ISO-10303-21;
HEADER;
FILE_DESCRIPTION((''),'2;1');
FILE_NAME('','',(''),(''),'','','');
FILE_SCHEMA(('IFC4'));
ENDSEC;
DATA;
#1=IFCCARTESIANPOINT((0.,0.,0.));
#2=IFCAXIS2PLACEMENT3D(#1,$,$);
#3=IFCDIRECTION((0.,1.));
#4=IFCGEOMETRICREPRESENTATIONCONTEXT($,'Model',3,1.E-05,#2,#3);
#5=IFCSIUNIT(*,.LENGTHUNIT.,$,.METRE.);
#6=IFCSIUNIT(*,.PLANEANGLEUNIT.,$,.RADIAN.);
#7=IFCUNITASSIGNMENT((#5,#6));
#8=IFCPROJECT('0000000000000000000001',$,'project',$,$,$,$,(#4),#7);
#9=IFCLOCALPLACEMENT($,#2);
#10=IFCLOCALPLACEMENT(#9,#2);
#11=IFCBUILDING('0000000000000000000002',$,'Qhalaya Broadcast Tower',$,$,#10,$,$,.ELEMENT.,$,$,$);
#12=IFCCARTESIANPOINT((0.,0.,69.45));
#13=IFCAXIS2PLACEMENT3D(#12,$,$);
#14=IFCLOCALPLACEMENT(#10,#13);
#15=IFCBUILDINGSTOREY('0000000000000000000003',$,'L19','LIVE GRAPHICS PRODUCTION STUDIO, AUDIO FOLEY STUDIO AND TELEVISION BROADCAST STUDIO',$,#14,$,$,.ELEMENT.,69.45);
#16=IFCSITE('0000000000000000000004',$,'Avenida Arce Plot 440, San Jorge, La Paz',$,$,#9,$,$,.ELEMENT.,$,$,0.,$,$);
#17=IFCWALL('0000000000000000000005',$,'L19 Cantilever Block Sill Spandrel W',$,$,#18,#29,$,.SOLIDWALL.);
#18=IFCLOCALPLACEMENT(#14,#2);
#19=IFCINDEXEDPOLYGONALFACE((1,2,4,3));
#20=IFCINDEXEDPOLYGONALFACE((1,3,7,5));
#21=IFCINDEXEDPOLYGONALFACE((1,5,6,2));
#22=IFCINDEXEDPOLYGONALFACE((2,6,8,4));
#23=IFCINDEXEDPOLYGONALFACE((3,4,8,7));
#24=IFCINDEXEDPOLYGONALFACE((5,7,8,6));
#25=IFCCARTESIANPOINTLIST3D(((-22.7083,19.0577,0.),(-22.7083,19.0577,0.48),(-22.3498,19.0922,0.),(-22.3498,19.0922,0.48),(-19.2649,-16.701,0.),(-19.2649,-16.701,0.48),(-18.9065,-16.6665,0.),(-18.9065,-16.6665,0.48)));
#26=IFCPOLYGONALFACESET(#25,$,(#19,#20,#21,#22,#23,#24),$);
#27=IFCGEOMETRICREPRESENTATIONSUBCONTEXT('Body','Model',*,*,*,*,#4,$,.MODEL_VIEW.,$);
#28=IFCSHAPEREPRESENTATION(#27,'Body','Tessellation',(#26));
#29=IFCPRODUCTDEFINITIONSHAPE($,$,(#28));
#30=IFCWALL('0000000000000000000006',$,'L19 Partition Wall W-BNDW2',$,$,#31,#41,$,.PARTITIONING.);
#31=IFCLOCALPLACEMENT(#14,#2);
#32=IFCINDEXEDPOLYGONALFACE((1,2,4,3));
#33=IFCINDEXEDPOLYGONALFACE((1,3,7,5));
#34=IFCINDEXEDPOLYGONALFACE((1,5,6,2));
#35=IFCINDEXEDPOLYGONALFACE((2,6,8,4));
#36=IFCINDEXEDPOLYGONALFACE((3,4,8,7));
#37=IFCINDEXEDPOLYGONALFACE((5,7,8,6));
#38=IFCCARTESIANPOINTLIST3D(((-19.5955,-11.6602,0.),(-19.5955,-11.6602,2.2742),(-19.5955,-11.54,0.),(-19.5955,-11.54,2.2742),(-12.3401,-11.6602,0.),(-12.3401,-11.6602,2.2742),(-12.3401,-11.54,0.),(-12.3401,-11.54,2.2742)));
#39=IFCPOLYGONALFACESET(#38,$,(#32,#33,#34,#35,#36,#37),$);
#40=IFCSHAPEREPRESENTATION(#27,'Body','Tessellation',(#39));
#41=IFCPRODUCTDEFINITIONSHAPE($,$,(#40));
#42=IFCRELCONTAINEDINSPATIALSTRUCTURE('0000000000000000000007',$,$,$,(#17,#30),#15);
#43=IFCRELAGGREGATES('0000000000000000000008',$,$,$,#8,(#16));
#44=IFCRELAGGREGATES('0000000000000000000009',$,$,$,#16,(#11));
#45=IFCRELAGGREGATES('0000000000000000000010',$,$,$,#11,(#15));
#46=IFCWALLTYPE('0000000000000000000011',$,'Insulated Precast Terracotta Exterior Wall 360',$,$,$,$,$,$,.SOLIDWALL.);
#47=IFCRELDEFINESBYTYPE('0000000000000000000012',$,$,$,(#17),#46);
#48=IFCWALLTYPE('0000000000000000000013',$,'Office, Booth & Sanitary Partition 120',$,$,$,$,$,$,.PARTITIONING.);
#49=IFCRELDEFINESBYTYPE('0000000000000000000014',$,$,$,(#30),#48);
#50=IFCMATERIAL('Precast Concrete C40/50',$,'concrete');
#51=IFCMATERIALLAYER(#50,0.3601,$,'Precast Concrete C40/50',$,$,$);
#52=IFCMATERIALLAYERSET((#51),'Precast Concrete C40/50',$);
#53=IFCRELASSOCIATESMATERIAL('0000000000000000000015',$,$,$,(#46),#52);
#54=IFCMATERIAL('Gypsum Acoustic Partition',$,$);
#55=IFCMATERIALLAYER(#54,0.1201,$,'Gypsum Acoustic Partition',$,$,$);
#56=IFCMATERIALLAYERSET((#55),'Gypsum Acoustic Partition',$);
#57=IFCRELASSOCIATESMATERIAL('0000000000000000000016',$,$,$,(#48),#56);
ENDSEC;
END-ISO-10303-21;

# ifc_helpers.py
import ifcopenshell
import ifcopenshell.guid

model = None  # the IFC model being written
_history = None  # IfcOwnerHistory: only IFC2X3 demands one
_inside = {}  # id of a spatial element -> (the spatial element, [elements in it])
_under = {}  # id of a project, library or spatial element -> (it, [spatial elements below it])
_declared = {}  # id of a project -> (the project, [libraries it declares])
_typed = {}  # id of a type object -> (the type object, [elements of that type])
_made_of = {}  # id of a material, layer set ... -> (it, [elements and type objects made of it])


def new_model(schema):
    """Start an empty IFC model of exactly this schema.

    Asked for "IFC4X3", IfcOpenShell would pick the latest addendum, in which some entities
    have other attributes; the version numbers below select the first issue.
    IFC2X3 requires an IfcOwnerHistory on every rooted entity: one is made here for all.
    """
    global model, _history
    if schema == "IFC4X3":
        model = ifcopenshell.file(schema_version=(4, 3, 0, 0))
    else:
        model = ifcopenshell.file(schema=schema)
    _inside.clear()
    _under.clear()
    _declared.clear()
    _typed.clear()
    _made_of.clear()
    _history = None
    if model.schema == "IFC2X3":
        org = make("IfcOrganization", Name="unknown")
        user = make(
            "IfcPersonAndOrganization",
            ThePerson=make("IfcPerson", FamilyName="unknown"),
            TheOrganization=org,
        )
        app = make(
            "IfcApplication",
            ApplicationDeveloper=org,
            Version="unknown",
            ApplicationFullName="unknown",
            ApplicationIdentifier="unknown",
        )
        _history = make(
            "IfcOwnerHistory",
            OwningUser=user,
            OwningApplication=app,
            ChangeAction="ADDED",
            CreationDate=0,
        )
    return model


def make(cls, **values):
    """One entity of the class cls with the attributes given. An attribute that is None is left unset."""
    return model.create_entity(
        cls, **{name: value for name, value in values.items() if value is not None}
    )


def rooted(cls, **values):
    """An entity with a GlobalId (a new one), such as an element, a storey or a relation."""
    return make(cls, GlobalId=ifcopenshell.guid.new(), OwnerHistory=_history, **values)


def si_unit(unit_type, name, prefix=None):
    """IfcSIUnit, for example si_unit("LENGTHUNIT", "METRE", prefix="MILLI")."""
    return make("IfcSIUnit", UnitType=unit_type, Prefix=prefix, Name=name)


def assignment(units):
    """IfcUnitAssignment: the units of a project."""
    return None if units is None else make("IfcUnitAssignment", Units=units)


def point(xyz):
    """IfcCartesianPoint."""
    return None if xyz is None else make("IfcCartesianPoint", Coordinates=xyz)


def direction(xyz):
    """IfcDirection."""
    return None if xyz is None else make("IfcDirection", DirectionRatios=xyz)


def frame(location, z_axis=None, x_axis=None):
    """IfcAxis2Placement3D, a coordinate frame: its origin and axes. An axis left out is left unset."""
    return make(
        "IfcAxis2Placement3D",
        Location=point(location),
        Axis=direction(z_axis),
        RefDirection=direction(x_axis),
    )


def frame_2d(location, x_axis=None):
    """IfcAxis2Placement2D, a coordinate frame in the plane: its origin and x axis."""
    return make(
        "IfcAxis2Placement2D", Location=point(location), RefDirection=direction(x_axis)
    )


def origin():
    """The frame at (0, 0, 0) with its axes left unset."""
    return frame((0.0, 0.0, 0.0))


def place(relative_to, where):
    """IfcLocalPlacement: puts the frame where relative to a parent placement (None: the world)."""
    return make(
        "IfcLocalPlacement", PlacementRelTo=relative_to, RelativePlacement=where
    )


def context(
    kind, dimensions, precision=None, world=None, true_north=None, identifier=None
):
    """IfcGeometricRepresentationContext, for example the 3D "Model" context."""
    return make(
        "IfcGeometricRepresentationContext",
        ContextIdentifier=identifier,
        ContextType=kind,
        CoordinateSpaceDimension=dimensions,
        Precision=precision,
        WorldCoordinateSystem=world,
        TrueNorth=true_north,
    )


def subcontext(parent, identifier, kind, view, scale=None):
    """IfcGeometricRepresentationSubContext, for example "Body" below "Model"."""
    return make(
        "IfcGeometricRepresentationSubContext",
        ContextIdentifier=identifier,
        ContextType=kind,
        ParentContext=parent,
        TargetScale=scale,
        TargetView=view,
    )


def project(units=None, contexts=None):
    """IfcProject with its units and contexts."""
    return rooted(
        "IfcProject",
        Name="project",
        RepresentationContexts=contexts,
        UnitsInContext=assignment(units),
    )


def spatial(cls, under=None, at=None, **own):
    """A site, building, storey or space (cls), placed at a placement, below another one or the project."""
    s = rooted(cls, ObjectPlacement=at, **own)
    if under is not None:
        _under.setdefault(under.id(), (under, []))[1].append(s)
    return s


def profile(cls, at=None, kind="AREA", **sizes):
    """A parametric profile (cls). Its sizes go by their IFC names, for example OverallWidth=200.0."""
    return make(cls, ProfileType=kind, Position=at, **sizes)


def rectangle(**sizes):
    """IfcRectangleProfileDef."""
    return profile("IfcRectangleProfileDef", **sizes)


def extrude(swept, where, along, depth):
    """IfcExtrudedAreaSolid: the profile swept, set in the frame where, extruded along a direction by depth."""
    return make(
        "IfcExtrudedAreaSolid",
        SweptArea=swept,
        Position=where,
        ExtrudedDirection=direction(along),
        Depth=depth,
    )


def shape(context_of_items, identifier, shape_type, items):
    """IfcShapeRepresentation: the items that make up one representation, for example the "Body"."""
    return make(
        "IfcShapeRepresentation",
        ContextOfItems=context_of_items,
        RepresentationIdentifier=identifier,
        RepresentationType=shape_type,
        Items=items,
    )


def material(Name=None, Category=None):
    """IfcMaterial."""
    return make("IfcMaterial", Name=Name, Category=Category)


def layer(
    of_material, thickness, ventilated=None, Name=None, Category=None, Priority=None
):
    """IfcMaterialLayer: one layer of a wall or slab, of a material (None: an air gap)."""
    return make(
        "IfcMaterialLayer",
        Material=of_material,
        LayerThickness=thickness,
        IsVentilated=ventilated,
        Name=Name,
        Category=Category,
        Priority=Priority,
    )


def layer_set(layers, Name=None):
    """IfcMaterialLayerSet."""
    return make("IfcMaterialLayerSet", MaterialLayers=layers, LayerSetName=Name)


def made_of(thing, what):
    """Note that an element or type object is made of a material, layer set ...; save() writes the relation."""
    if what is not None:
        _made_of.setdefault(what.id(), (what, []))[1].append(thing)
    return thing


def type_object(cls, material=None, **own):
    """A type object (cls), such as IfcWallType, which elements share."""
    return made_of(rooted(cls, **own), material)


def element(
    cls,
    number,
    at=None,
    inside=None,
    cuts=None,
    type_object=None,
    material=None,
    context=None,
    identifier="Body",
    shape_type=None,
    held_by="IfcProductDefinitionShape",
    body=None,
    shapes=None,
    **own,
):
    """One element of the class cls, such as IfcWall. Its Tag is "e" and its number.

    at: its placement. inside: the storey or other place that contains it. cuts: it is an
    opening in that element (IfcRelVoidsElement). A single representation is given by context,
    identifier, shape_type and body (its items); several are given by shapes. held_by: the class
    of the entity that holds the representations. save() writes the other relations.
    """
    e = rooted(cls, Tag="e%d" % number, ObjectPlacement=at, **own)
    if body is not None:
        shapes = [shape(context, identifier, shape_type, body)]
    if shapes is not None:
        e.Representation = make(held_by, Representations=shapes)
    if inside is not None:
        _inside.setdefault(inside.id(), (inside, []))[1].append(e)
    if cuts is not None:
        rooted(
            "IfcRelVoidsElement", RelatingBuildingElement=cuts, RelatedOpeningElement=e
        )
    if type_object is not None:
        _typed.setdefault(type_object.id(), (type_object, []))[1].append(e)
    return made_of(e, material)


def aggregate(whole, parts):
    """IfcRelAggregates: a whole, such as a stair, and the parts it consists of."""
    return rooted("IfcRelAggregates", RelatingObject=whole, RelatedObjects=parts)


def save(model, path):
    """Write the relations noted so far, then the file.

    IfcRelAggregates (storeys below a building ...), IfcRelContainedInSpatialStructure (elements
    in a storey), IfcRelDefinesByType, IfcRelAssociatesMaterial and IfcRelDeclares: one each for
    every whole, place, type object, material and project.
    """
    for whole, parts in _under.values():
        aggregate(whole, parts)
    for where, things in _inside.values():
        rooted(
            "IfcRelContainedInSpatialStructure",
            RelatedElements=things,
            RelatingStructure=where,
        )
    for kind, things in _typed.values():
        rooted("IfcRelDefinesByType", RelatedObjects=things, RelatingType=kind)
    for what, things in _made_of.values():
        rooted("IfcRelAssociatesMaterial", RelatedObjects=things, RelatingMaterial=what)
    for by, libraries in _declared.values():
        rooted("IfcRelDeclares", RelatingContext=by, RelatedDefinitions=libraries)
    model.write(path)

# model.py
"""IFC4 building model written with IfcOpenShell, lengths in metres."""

from ifc_helpers import new_model, si_unit, direction, frame, frame_2d, origin, place, context, subcontext, project, spatial, rectangle, extrude, material, layer, layer_set, type_object, element, save


model = new_model("IFC4")

# Units and contexts
model_context = context("Model", 3, precision=1e-05, world=origin(), true_north=direction((0.0, 1.0)))
body_context = subcontext(model_context, "Body", "Model", "MODEL_VIEW")
ifc_project = project(units=[si_unit("LENGTHUNIT", "METRE"), si_unit("PLANEANGLEUNIT", "RADIAN")], contexts=[model_context])

# Site, building, storey
site_placement = place(None, origin())
site = spatial("IfcSite", under=ifc_project, at=site_placement, Name="Avenida Arce Plot 440, San Jorge, La Paz", CompositionType="ELEMENT", RefElevation=0.0)
building_placement = place(site_placement, origin())
building = spatial("IfcBuilding", under=site, at=building_placement, Name="Qhalaya Broadcast Tower", CompositionType="ELEMENT")
storey_placement = place(building_placement, frame((0.0, 0.0, 69.45)))
storey = spatial("IfcBuildingStorey", under=building, at=storey_placement, Name="L19", Description="LIVE GRAPHICS PRODUCTION STUDIO, AUDIO FOLEY STUDIO AND TELEVISION BROADCAST STUDIO", CompositionType="ELEMENT", Elevation=69.45)

# Shared definitions
ifc_material_1 = material(Name="Gypsum Acoustic Partition")

# Walls
ifc_material_2 = material(Name="Precast Concrete C40/50", Category="concrete")
ifc_layer_1 = layer(ifc_material_2, 0.3601, Name="Precast Concrete C40/50")
ifc_layer_set_1 = layer_set([ifc_layer_1], Name="Precast Concrete C40/50")
wall_type_1 = type_object("IfcWallType", Name="Insulated Precast Terracotta Exterior Wall 360", PredefinedType="SOLIDWALL", material=ifc_layer_set_1)
wall_1_placement = place(storey_placement, frame((-19.0857, -16.6836, 0.0), z_axis=(0.0, 0.0, 1.0), x_axis=(-0.095851, 0.995396, 0.0)))
element("IfcWall", 1, at=wall_1_placement, inside=storey, type_object=wall_type_1, Name="L19 Cantilever Block Sill Spandrel W", PredefinedType="SOLIDWALL", context=body_context, shape_type="SweptSolid", body=[
    extrude(rectangle(XDim=35.9241, YDim=0.3601, at=frame_2d((17.9619, 0.0))), origin(), (0.0, 0.0, 1.0), 0.48),
])
ifc_layer_2 = layer(ifc_material_1, 0.1201, Name="Gypsum Acoustic Partition")
ifc_layer_set_2 = layer_set([ifc_layer_2], Name="Gypsum Acoustic Partition")
wall_type_2 = type_object("IfcWallType", Name="Office, Booth & Sanitary Partition 120", PredefinedType="PARTITIONING", material=ifc_layer_set_2)
wall_2_placement = place(storey_placement, frame((-19.5955, -11.6001, 0.0), z_axis=(0.0, 0.0, 1.0), x_axis=(1.0, 0.0, 0.0)))
element("IfcWall", 2, at=wall_2_placement, inside=storey, type_object=wall_type_2, Name="L19 Partition Wall W-BNDW2", PredefinedType="PARTITIONING", context=body_context, shape_type="SweptSolid", body=[
    extrude(rectangle(XDim=7.2554, YDim=0.1201, at=frame_2d((3.6277, 0.0))), origin(), (0.0, 0.0, 1.0), 2.2742),
])

save(model, "model.ifc")
